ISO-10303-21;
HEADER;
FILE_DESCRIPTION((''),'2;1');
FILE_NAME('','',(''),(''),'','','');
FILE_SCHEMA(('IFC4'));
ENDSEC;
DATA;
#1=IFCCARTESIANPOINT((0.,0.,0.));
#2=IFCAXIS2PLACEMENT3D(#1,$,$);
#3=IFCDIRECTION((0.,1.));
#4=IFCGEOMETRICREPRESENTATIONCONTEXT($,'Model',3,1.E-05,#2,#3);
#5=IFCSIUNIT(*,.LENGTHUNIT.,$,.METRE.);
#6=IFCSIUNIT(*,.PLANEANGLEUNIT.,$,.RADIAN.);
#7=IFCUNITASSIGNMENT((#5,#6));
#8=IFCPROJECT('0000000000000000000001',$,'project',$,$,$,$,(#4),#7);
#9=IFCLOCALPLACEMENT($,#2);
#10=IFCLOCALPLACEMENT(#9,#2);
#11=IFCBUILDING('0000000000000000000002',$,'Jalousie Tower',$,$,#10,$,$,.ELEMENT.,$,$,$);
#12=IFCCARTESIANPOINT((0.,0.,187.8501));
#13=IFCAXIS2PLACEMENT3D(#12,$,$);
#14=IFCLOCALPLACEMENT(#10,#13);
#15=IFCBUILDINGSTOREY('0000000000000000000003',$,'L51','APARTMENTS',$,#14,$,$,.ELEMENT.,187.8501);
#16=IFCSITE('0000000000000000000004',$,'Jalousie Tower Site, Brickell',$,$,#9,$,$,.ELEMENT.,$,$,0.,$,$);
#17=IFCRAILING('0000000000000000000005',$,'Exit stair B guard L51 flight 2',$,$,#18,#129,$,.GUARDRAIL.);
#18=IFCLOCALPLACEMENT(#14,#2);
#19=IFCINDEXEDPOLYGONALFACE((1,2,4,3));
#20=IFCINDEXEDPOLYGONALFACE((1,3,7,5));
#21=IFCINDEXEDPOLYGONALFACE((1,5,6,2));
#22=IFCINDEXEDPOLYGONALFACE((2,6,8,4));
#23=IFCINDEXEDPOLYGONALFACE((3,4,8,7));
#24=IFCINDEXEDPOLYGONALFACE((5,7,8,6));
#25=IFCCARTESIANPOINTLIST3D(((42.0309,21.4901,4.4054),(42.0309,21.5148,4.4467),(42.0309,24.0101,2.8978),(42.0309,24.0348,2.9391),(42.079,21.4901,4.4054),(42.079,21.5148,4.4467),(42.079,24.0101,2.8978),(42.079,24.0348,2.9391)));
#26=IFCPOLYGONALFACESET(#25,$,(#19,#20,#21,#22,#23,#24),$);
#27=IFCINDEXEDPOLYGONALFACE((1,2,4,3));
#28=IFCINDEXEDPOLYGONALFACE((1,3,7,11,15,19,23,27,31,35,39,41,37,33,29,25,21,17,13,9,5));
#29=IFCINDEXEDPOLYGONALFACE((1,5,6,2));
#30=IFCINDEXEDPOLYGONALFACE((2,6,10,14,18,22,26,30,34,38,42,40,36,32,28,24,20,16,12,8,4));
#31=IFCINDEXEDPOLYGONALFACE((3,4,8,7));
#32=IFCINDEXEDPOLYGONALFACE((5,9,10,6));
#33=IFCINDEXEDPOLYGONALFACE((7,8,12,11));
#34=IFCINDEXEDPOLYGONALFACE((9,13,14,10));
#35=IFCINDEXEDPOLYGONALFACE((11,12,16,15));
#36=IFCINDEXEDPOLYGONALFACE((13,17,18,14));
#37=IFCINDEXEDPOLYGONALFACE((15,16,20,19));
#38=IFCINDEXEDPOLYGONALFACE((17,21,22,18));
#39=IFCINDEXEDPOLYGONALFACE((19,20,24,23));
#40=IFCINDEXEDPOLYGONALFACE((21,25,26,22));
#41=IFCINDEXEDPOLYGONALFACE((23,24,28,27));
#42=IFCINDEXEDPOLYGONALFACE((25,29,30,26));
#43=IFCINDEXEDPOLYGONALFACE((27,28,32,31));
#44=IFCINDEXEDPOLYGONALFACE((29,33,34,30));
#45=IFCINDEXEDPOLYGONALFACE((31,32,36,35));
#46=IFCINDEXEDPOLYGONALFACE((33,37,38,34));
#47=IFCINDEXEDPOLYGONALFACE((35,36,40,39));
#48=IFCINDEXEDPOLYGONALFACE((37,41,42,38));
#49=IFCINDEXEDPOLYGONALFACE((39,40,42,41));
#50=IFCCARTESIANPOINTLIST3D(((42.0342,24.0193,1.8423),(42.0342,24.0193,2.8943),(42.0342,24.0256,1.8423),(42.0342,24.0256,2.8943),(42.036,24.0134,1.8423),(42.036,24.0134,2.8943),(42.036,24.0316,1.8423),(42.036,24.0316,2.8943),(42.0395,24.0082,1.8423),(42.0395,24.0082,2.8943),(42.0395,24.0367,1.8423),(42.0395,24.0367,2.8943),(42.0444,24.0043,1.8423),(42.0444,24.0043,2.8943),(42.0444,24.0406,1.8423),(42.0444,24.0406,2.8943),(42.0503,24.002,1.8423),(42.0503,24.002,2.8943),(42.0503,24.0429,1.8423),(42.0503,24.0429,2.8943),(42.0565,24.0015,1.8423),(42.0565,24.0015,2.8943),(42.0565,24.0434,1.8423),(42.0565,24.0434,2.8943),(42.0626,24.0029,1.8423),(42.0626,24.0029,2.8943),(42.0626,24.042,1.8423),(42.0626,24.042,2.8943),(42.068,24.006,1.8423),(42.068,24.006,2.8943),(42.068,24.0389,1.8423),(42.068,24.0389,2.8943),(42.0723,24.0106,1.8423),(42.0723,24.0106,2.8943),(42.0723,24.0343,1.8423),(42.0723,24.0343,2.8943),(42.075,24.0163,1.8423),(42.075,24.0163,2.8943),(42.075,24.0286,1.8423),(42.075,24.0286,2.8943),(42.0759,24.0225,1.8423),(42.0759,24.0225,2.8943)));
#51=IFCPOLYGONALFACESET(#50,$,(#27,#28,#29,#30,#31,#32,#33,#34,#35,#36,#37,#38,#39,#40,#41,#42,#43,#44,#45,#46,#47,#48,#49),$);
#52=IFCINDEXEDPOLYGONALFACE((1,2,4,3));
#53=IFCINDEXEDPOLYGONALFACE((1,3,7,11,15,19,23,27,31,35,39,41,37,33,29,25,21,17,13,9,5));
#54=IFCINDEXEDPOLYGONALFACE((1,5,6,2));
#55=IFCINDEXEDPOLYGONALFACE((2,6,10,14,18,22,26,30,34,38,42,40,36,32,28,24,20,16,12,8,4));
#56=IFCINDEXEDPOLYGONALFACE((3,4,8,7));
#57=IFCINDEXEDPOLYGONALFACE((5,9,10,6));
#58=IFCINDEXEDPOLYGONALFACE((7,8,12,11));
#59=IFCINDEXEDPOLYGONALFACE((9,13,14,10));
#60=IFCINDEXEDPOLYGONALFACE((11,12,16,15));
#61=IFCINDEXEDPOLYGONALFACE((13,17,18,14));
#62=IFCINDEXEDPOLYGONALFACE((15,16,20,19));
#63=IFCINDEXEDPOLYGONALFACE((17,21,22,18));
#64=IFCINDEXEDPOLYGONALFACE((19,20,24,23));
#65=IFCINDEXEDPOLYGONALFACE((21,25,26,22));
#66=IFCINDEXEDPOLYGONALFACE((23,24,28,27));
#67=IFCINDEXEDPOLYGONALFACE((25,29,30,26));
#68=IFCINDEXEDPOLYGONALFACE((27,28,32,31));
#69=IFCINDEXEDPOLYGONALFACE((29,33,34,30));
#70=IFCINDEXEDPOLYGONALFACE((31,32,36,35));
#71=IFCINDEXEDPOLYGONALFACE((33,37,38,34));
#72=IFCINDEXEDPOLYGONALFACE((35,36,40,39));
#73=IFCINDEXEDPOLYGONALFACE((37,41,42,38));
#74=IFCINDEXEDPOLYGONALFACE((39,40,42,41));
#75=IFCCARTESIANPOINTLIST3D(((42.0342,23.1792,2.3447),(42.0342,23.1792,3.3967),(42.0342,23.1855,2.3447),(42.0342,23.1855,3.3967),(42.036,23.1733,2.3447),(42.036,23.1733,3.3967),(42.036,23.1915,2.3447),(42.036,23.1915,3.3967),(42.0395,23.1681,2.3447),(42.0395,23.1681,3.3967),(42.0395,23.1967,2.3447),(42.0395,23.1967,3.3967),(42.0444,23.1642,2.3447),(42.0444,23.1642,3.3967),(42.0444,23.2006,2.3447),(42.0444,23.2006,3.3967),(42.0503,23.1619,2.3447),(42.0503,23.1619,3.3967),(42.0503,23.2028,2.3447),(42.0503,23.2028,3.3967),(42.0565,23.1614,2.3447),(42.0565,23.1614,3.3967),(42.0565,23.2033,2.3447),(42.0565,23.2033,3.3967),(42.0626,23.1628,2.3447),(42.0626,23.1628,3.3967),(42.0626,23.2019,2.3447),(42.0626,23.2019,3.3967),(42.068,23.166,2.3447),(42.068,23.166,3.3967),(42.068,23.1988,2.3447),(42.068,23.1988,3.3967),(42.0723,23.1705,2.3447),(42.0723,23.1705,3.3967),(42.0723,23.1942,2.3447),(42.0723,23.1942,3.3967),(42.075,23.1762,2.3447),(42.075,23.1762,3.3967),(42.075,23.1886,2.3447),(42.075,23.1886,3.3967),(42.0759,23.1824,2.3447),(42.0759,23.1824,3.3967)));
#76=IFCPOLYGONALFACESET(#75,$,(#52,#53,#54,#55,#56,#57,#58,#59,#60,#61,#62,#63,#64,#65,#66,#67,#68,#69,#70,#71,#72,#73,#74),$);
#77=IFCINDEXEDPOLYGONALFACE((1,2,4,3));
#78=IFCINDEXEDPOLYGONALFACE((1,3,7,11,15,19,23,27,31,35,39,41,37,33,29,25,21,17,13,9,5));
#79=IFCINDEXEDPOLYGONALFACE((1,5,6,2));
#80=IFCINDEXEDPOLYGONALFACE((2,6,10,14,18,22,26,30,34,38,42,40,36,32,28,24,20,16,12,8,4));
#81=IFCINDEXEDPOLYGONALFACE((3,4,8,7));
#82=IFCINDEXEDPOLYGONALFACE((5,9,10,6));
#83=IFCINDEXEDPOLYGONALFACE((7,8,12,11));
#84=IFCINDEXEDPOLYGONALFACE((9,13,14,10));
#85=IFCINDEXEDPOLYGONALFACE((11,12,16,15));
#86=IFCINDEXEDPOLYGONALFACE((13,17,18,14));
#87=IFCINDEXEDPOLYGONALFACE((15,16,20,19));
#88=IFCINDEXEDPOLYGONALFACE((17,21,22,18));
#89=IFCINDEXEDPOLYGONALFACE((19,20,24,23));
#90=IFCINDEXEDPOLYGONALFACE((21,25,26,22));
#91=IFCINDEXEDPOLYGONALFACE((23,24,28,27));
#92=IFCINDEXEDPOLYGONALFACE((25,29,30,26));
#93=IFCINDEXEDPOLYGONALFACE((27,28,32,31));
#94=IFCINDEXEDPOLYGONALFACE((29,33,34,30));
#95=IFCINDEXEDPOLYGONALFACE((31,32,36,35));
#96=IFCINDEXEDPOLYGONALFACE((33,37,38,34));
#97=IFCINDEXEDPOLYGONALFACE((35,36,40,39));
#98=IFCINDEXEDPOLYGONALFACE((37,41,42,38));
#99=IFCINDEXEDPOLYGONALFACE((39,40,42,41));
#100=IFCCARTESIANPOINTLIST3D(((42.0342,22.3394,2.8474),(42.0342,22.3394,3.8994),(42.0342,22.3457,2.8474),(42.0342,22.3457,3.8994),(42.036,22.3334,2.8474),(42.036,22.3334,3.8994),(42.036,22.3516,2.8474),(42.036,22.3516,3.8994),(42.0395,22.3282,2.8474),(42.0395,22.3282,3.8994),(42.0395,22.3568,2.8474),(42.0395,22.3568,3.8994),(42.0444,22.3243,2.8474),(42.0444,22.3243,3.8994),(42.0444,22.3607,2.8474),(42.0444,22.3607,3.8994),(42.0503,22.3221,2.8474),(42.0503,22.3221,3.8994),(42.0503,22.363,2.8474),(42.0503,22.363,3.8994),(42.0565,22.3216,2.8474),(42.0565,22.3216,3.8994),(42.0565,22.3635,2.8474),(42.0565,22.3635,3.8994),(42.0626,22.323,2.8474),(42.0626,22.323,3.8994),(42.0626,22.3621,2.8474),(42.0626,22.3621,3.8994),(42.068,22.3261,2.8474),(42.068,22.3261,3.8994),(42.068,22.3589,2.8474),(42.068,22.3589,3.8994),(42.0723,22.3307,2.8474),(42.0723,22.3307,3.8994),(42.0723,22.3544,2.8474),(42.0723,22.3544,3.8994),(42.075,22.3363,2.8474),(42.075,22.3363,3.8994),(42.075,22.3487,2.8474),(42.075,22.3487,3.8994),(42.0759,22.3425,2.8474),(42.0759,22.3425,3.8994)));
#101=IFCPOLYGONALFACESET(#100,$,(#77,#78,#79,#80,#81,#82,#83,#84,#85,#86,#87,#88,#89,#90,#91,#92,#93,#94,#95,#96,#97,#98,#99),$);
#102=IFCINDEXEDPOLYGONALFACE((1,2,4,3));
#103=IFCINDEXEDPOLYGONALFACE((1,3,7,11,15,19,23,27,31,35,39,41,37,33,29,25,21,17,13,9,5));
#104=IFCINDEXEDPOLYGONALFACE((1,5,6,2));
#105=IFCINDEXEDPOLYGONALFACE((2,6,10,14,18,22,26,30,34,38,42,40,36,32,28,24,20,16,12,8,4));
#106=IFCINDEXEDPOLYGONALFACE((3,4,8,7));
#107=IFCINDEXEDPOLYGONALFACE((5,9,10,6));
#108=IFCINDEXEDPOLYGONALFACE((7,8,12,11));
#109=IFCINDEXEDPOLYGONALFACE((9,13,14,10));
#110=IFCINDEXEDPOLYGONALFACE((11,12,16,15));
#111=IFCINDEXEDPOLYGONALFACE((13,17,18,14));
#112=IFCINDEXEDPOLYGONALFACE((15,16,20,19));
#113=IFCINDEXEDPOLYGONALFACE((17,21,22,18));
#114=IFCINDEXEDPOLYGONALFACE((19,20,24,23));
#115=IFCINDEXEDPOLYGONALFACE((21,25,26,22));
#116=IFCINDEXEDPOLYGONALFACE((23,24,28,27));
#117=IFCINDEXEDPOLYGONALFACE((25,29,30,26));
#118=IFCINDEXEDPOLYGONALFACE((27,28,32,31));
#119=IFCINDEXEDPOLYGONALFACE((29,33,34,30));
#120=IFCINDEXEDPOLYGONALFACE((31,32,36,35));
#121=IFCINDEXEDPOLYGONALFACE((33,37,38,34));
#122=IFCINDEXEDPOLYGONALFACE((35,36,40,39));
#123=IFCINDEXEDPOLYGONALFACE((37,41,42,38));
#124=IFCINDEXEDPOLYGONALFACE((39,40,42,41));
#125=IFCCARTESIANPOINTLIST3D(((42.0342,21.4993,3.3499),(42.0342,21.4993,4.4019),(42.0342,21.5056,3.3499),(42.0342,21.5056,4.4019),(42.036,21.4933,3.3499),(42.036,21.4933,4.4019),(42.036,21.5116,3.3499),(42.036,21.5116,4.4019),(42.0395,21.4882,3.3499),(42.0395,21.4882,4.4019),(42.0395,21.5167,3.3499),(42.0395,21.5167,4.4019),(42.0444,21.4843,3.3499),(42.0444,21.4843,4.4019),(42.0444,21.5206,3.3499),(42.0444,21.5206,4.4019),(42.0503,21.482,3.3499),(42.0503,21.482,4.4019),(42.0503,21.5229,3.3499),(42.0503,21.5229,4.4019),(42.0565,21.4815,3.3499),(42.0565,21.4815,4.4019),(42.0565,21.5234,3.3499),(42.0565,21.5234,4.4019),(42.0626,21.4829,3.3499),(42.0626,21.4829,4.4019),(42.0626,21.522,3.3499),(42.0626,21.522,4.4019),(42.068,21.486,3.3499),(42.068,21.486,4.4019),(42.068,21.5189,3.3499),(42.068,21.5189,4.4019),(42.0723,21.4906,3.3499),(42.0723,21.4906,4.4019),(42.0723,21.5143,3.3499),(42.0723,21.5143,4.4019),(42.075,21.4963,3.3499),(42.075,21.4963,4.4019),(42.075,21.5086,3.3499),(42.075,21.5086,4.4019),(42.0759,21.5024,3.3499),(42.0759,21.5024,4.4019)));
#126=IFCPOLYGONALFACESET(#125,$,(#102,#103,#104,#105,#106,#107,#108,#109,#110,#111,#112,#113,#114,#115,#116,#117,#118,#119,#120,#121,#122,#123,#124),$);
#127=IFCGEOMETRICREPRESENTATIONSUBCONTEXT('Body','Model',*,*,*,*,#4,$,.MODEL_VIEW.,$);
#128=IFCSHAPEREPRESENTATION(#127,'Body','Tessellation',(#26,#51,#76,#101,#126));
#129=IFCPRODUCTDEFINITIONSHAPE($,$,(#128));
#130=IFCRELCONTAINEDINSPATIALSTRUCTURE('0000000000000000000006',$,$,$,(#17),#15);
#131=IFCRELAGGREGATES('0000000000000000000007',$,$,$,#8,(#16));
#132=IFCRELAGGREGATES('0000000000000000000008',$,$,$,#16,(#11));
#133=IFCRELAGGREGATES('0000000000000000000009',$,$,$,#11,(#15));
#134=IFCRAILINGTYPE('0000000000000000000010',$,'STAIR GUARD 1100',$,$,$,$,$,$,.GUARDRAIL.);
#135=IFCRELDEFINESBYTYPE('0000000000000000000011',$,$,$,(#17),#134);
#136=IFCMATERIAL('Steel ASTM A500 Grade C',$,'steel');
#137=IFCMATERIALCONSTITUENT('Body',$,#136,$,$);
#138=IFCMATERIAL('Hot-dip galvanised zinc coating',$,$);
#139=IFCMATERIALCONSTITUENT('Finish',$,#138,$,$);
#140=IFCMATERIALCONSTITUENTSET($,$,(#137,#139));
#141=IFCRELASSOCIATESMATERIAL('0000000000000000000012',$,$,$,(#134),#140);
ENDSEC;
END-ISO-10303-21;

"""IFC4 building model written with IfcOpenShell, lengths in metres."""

from ifc_helpers import new_model, si_unit, direction, frame, origin, origin_2d, place, context, subcontext, project, spatial, rectangle, circle, extrude, material, constituent, constituent_set, type_object, element, save


model = new_model("IFC4")

# Units and contexts
model_context = context("Model", 3, precision=1e-05, world=origin(), true_north=direction((0.0, 1.0)))
body_context = subcontext(model_context, "Body", "Model", "MODEL_VIEW")
ifc_project = project(units=[si_unit("LENGTHUNIT", "METRE"), si_unit("PLANEANGLEUNIT", "RADIAN")], contexts=[model_context])

# Site, building, storey
site_placement = place(None, origin())
site = spatial("IfcSite", under=ifc_project, at=site_placement, Name="Jalousie Tower Site, Brickell", CompositionType="ELEMENT", RefElevation=0.0)
building_placement = place(site_placement, origin())
building = spatial("IfcBuilding", under=site, at=building_placement, Name="Jalousie Tower", CompositionType="ELEMENT")
storey_placement = place(building_placement, frame((0.0, 0.0, 187.8501)))
storey = spatial("IfcBuildingStorey", under=building, at=storey_placement, Name="L51", Description="APARTMENTS", CompositionType="ELEMENT", Elevation=187.8501)

# Railing
ifc_material_1 = material(Name="Steel ASTM A500 Grade C", Category="steel")
ifc_constituent_1 = constituent(ifc_material_1, Name="Body")
ifc_material_2 = material(Name="Hot-dip galvanised zinc coating")
ifc_constituent_2 = constituent(ifc_material_2, Name="Finish")
ifc_constituent_set_1 = constituent_set(constituents=[ifc_constituent_1, ifc_constituent_2])
railing_type_1 = type_object("IfcRailingType", Name="STAIR GUARD 1100", PredefinedType="GUARDRAIL", material=ifc_constituent_set_1)
railing_1_placement = place(storey_placement, frame((42.0549, 24.0225, 1.8423)))
element("IfcRailing", 1, at=railing_1_placement, inside=storey, type_object=railing_type_1, Name="Exit stair B guard L51 flight 2", PredefinedType="GUARDRAIL", context=body_context, shape_type="SweptSolid", body=[
    extrude(rectangle(XDim=0.0481, YDim=0.0481, at=origin_2d()), frame((0.0, 0.0, 1.0762), z_axis=(0.0, -0.85816, 0.513383), x_axis=(1.0, 0.0, 0.0)), (0.0, 0.0, 1.0), 2.9365),
    extrude(circle(Radius=0.021, at=origin_2d()), origin(), (0.0, 0.0, 1.0), 1.052),
    extrude(circle(Radius=0.021, at=origin_2d()), frame((0.0, -0.8401, 0.5024)), (0.0, 0.0, 1.0), 1.052),
    extrude(circle(Radius=0.021, at=origin_2d()), frame((0.0, -1.6799, 1.0051)), (0.0, 0.0, 1.0), 1.052),
    extrude(circle(Radius=0.021, at=origin_2d()), frame((0.0, -2.52, 1.5076)), (0.0, 0.0, 1.0), 1.052),
])

save(model, "model.ifc")
